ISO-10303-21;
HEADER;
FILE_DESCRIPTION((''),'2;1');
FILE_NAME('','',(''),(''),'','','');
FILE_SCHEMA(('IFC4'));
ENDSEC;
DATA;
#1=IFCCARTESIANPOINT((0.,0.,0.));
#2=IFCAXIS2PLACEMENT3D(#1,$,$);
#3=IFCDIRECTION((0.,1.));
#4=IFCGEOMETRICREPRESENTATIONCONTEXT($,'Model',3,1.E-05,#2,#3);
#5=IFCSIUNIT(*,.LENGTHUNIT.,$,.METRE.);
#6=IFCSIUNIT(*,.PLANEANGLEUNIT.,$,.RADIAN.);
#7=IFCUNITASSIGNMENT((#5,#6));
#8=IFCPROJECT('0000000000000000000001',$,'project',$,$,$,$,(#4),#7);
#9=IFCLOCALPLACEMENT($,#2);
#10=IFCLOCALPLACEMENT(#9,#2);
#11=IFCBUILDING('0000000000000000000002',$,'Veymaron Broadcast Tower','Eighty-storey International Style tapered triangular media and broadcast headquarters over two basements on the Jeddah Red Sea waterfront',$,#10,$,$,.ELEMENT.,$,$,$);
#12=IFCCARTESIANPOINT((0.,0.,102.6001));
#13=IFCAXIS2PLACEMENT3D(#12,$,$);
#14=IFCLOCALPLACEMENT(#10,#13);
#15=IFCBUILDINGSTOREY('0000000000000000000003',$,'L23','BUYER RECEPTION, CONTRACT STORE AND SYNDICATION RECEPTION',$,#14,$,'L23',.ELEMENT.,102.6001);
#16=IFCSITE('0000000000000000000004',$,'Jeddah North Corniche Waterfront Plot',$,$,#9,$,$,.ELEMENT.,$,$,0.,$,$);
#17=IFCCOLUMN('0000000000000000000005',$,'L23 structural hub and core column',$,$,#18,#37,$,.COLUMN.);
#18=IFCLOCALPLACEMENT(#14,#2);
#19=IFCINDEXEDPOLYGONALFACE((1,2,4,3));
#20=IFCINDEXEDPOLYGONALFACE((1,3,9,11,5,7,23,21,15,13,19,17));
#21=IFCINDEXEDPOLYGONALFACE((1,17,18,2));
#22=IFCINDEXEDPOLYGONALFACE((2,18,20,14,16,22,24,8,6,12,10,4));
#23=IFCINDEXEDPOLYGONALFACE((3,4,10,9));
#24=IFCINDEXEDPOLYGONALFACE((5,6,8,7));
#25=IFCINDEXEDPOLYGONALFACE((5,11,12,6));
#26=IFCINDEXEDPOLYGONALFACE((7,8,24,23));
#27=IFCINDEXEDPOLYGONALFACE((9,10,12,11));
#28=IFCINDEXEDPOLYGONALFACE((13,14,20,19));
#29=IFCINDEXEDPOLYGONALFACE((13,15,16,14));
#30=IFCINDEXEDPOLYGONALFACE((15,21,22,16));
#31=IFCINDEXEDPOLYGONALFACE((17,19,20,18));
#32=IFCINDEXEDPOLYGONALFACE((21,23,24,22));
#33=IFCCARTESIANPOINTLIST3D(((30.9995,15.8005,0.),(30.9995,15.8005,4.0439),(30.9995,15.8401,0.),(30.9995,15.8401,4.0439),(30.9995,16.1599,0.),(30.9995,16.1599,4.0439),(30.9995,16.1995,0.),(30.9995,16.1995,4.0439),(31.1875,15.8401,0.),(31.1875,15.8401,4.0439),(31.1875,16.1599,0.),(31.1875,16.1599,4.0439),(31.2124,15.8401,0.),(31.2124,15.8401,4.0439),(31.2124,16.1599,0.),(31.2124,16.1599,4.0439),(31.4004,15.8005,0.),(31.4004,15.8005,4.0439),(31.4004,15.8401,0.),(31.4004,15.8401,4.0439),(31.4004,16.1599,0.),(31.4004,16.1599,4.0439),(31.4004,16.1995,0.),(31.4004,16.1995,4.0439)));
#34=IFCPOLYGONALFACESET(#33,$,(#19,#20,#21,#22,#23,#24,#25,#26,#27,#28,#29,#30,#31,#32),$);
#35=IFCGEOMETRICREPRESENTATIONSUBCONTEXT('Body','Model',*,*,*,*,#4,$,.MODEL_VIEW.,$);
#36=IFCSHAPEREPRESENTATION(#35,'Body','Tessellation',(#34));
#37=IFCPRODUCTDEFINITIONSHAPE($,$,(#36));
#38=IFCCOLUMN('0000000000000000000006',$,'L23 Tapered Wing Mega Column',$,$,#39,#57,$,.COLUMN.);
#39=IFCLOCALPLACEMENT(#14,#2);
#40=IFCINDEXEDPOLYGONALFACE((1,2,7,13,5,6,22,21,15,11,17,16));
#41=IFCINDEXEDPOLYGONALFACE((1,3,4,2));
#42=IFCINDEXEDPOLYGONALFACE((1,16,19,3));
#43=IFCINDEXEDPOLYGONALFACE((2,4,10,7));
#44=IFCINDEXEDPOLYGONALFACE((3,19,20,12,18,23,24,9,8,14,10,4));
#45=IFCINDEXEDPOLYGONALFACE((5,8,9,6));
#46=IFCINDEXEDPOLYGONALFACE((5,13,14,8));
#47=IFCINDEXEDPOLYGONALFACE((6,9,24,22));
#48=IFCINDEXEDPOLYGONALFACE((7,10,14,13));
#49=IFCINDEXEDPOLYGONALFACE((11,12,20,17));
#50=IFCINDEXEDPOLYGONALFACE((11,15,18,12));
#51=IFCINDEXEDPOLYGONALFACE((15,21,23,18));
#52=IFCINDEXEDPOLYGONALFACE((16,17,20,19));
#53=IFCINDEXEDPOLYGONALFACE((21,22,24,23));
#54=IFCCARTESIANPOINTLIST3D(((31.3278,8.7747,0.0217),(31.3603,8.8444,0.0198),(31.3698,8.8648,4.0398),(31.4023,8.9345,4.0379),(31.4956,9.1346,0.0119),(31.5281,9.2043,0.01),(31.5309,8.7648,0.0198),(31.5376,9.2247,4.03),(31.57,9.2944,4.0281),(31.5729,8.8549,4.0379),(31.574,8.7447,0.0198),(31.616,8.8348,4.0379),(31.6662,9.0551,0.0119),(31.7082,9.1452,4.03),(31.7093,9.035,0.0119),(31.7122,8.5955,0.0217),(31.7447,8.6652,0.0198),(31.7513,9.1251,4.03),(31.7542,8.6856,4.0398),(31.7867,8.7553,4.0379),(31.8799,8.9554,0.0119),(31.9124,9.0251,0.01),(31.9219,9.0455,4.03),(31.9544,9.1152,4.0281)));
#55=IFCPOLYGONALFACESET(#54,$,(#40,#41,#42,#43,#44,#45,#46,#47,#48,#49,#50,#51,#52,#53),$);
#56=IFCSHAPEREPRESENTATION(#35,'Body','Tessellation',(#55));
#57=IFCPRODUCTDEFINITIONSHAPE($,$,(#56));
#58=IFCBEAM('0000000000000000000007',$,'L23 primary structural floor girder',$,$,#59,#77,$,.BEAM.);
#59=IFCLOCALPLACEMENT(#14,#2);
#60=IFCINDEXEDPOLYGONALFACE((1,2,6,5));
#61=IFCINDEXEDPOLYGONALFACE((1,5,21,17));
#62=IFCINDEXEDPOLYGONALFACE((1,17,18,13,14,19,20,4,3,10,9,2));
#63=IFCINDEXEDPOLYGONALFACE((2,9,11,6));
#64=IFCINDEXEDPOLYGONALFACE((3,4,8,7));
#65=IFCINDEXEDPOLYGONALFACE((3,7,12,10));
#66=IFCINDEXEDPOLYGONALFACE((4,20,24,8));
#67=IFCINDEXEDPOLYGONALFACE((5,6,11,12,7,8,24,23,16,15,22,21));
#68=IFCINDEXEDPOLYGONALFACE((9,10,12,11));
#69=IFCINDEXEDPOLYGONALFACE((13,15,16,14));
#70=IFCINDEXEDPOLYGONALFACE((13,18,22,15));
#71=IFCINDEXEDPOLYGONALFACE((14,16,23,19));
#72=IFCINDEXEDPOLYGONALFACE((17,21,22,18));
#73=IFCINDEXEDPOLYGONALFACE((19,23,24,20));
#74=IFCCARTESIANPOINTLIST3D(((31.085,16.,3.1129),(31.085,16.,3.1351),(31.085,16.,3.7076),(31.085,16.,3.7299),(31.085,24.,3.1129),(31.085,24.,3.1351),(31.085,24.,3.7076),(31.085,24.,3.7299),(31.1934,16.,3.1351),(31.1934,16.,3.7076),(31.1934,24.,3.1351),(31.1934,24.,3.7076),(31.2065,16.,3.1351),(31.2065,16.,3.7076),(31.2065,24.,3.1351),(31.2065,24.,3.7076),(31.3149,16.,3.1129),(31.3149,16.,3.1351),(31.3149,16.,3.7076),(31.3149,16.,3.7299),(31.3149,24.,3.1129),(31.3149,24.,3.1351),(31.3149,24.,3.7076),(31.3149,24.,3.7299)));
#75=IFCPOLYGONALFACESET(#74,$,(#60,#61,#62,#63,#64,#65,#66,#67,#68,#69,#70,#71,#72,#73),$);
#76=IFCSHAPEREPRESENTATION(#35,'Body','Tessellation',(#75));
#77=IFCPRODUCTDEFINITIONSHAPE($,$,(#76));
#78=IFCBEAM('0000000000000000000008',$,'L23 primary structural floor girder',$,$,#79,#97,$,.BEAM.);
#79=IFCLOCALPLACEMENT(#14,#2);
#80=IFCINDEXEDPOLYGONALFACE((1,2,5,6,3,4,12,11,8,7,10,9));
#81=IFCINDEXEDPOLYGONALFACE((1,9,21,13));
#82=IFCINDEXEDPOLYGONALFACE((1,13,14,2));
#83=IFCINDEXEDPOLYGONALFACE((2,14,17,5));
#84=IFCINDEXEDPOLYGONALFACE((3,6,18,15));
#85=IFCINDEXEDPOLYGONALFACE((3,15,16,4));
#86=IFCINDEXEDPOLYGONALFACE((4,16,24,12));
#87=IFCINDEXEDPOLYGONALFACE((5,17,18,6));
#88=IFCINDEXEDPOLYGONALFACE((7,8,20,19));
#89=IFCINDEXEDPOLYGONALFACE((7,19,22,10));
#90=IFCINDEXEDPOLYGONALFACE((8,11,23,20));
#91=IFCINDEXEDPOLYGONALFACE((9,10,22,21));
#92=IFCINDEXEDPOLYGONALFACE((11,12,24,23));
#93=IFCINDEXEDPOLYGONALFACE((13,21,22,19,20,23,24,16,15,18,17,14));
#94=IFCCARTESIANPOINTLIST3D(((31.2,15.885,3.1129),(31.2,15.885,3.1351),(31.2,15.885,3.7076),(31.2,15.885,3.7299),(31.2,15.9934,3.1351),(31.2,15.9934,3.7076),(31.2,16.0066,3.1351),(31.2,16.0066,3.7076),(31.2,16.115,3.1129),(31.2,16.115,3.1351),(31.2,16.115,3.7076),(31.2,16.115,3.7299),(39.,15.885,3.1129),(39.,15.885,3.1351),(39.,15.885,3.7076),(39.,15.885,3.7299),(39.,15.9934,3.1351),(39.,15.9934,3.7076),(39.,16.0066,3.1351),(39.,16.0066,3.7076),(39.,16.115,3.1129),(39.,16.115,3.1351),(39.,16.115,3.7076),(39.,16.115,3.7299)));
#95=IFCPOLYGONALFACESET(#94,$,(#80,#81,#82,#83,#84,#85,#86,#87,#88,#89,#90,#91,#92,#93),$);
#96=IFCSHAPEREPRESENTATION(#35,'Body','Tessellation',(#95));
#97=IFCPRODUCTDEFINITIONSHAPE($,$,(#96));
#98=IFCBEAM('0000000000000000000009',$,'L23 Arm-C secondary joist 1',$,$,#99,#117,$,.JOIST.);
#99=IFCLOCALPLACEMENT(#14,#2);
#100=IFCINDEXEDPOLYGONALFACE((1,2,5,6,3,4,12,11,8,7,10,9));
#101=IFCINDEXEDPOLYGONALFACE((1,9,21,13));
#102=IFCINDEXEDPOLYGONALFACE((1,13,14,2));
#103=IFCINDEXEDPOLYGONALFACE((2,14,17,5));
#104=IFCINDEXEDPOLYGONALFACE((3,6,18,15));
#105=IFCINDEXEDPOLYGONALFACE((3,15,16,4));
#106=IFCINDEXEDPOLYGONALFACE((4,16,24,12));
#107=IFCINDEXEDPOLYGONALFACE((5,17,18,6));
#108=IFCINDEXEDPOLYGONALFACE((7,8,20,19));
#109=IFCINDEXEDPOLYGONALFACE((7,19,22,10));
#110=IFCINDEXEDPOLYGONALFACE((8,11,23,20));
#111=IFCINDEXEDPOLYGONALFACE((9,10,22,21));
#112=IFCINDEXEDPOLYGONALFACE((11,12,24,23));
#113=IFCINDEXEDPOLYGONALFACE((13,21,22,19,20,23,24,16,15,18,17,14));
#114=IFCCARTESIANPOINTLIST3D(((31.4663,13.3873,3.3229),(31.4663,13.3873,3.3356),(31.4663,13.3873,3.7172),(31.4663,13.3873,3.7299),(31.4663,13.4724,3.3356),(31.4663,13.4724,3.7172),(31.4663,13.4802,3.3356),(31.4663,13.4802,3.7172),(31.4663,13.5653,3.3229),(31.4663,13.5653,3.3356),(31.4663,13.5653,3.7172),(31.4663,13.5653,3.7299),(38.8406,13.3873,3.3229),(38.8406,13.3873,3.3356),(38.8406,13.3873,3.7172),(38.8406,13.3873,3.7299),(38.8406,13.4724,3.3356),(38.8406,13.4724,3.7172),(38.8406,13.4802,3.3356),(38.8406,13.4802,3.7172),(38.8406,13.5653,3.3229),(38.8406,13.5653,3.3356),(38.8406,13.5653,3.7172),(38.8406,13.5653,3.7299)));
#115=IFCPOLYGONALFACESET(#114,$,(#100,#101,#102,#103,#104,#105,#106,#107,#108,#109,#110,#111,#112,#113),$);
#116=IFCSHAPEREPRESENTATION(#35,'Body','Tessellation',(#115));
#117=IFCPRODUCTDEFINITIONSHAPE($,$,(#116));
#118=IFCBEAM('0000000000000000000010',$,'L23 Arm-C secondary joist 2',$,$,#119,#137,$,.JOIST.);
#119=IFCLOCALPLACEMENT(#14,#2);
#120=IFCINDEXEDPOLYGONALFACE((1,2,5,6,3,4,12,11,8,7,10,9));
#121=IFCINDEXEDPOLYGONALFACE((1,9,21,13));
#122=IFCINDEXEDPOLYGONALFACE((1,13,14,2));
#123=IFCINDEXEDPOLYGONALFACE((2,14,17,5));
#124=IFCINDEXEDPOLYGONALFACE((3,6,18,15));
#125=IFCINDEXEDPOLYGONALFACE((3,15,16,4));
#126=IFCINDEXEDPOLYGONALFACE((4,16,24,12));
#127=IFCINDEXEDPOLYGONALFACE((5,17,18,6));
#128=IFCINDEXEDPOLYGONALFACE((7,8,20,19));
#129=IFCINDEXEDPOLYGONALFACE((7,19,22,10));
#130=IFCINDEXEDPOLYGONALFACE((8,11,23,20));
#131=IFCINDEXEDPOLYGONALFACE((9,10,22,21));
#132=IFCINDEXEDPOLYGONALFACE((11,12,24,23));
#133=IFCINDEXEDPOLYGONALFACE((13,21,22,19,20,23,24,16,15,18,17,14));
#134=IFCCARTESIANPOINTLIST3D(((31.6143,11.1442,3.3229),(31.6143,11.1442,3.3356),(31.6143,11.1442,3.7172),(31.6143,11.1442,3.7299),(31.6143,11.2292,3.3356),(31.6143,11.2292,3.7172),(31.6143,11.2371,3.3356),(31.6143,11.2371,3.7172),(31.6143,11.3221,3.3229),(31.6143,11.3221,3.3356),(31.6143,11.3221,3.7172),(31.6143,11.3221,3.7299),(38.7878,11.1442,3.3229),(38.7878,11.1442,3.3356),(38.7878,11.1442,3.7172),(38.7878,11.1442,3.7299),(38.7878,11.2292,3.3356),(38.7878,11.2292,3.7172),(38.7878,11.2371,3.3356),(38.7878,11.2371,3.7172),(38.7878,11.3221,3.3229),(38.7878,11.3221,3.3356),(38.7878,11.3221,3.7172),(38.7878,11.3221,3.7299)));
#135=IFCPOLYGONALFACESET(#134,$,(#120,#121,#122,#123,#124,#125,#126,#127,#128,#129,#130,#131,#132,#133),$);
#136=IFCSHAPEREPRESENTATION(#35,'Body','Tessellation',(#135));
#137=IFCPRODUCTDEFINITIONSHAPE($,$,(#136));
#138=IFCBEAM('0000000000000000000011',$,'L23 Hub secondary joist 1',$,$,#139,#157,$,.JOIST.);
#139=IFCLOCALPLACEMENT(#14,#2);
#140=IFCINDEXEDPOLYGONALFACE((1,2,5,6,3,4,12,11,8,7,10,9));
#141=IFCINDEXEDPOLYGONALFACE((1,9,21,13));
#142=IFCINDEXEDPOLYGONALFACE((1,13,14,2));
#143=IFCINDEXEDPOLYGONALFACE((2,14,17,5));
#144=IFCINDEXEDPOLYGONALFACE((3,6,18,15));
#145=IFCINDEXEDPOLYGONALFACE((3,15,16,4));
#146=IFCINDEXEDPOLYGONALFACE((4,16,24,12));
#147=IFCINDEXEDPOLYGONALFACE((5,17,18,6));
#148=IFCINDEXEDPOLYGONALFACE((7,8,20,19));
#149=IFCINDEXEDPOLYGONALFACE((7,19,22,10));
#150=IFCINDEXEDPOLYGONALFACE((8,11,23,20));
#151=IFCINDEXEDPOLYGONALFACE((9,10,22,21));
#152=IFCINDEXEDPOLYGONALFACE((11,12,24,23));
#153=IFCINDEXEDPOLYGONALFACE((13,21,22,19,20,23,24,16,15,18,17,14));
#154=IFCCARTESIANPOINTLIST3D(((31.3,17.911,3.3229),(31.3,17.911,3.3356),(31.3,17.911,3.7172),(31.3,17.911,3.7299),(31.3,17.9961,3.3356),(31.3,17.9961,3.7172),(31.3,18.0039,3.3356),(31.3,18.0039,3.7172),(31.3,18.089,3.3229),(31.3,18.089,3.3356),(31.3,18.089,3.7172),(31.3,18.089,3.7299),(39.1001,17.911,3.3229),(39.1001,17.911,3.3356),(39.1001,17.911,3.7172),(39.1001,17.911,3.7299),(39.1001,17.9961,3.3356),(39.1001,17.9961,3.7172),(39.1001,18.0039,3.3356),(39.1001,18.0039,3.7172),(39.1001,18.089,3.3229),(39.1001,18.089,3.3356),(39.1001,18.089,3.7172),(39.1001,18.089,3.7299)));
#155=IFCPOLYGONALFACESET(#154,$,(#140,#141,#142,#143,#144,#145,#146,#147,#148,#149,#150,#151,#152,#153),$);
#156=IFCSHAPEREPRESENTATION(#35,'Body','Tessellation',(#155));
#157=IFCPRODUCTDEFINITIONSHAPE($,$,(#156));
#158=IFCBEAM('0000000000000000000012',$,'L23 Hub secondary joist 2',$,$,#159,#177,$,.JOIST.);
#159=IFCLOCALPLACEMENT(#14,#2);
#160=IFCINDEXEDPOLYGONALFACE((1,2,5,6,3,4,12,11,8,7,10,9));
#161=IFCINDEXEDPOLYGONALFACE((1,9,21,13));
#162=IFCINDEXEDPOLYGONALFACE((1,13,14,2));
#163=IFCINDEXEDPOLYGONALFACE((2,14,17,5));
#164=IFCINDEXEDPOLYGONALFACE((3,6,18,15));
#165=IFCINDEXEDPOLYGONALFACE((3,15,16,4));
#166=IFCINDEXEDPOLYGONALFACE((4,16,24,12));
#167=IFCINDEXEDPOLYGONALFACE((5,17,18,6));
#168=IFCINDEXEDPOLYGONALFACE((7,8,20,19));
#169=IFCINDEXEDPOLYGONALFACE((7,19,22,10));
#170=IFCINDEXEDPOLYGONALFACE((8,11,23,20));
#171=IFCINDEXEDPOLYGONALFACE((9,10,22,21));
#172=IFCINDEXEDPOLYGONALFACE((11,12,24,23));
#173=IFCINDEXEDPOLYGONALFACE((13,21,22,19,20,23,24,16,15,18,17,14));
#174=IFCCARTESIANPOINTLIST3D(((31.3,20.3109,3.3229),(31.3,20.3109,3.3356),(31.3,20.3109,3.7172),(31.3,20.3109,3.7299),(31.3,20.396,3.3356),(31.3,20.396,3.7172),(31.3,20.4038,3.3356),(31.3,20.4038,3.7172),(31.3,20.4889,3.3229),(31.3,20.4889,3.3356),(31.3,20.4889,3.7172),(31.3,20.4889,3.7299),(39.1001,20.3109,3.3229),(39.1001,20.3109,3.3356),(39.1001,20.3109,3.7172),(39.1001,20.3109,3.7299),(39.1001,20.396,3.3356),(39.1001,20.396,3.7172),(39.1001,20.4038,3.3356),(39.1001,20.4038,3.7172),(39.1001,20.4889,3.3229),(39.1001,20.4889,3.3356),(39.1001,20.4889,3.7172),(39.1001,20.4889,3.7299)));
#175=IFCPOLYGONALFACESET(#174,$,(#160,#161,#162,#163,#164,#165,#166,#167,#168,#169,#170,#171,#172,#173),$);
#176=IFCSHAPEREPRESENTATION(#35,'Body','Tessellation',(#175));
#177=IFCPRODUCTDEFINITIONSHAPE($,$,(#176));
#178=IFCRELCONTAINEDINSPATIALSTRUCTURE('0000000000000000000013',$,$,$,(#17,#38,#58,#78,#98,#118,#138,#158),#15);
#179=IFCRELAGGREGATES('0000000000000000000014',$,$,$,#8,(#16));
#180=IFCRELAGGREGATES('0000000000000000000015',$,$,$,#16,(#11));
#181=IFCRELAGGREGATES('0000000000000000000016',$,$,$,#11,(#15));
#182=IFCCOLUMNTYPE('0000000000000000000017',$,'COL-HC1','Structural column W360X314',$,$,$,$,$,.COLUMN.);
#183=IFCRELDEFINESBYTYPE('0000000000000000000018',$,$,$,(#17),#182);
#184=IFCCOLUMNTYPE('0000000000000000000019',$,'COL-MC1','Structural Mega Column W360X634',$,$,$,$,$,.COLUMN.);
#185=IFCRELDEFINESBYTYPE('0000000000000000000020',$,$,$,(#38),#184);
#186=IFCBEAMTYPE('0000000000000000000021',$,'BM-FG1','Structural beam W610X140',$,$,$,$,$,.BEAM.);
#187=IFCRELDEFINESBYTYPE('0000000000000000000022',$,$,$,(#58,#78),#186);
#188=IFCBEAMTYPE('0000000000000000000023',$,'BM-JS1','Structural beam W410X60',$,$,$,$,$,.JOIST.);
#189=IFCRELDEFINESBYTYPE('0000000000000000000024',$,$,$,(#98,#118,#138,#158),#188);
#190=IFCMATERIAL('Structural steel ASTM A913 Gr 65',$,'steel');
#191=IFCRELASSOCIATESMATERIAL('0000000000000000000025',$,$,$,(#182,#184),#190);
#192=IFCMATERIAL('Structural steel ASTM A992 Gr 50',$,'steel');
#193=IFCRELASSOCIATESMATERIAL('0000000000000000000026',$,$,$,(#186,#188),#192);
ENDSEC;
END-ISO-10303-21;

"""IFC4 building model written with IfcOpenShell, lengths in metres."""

from ifc_helpers import new_model, si_unit, direction, frame, origin, origin_2d, place, context, subcontext, project, spatial, i_section, extrude, material, material_profile, profile_set, type_object, element, save


model = new_model("IFC4")

# Units and contexts
model_context = context("Model", 3, precision=1e-05, world=origin(), true_north=direction((0.0, 1.0)))
body_context = subcontext(model_context, "Body", "Model", "MODEL_VIEW")
ifc_project = project(units=[si_unit("LENGTHUNIT", "METRE"), si_unit("PLANEANGLEUNIT", "RADIAN")], contexts=[model_context])

# Site, building, storey
site_placement = place(None, origin())
site = spatial("IfcSite", under=ifc_project, at=site_placement, Name="Jeddah North Corniche Waterfront Plot", CompositionType="ELEMENT", RefElevation=0.0)
building_placement = place(site_placement, origin())
building = spatial("IfcBuilding", under=site, at=building_placement, Name="Veymaron Broadcast Tower", Description="Eighty-storey International Style tapered triangular media and broadcast headquarters over two basements on the Jeddah Red Sea waterfront", CompositionType="ELEMENT")
storey_placement = place(building_placement, frame((0.0, 0.0, 102.6001)))
storey = spatial("IfcBuildingStorey", under=building, at=storey_placement, Name="L23", Description="BUYER RECEPTION, CONTRACT STORE AND SYNDICATION RECEPTION", LongName="L23", CompositionType="ELEMENT", Elevation=102.6001)

# Columns
ifc_material_1 = material(Name="Structural steel ASTM A913 Gr 65", Category="steel")
ifc_material_profile_1 = material_profile(ifc_material_1, i_section(OverallWidth=0.4009, OverallDepth=0.3989, WebThickness=0.0249, FlangeThickness=0.0396, at=origin_2d()), Name="W360X314")
ifc_profile_set_1 = profile_set([ifc_material_profile_1], Name="Structural steel ASTM A913 Gr 65")
column_type_1 = type_object("IfcColumnType", Name="COL-HC1", Description="Structural column W360X314", PredefinedType="COLUMN", material=ifc_profile_set_1)
column_1_placement = place(storey_placement, frame((31.2, 16.0, 0.0), z_axis=(0.0, 0.0, 1.0), x_axis=(1.0, 0.0, 0.0)))
element("IfcColumn", 1, at=column_1_placement, inside=storey, type_object=column_type_1, Name="L23 structural hub and core column", PredefinedType="COLUMN", context=body_context, shape_type="SweptSolid", body=[
    extrude(i_section(OverallWidth=0.4009, OverallDepth=0.3989, WebThickness=0.0249, FlangeThickness=0.0396, at=origin_2d()), origin(), (0.0, 0.0, 1.0), 4.0439),
])
ifc_material_profile_2 = material_profile(ifc_material_1, i_section(OverallWidth=0.4241, OverallDepth=0.4741, WebThickness=0.0476, FlangeThickness=0.0769, at=origin_2d()), Name="W360X634")
ifc_profile_set_2 = profile_set([ifc_material_profile_2], Name="Structural steel ASTM A913 Gr 65")
column_type_2 = type_object("IfcColumnType", Name="COL-MC1", Description="Structural Mega Column W360X634", PredefinedType="COLUMN", material=ifc_profile_set_2)
column_2_placement = place(storey_placement, frame((31.6201, 8.8999, 0.0159), z_axis=(0.010448, 0.022414, 0.999694), x_axis=(-0.906371, 0.422482, 0.0)))
element("IfcColumn", 2, at=column_2_placement, inside=storey, type_object=column_type_2, Name="L23 Tapered Wing Mega Column", PredefinedType="COLUMN", context=body_context, shape_type="SweptSolid", body=[
    extrude(i_section(OverallWidth=0.4241, OverallDepth=0.4741, WebThickness=0.0476, FlangeThickness=0.0769, at=origin_2d()), origin(), (0.0, 0.0, 1.0), 4.0193),
])

# Beams
ifc_material_2 = material(Name="Structural steel ASTM A992 Gr 50", Category="steel")
ifc_material_profile_3 = material_profile(ifc_material_2, i_section(OverallWidth=0.23, OverallDepth=0.6169, WebThickness=0.0132, FlangeThickness=0.0222, at=origin_2d()), Name="W610X140")
ifc_profile_set_3 = profile_set([ifc_material_profile_3], Name="Structural steel ASTM A992 Gr 50")
beam_type_1 = type_object("IfcBeamType", Name="BM-FG1", Description="Structural beam W610X140", PredefinedType="BEAM", material=ifc_profile_set_3)
beam_1_placement = place(storey_placement, frame((31.2, 16.0, 3.4214), z_axis=(0.0, 1.0, 0.0), x_axis=(-1.0, 0.0, 0.0)))
element("IfcBeam", 3, at=beam_1_placement, inside=storey, type_object=beam_type_1, Name="L23 primary structural floor girder", PredefinedType="BEAM", context=body_context, shape_type="SweptSolid", body=[
    extrude(i_section(OverallWidth=0.23, OverallDepth=0.6169, WebThickness=0.0132, FlangeThickness=0.0222, at=origin_2d()), origin(), (0.0, 0.0, 1.0), 8.0),
])
beam_2_placement = place(storey_placement, frame((31.2, 16.0, 3.4214), z_axis=(1.0, 0.0, 0.0), x_axis=(0.0, 1.0, 0.0)))
element("IfcBeam", 4, at=beam_2_placement, inside=storey, type_object=beam_type_1, Name="L23 primary structural floor girder", PredefinedType="BEAM", context=body_context, shape_type="SweptSolid", body=[
    extrude(i_section(OverallWidth=0.23, OverallDepth=0.6169, WebThickness=0.0132, FlangeThickness=0.0222, at=origin_2d()), origin(), (0.0, 0.0, 1.0), 7.8),
])
ifc_material_profile_4 = material_profile(ifc_material_2, i_section(OverallWidth=0.178, OverallDepth=0.407, WebThickness=0.0078, FlangeThickness=0.0127, at=origin_2d()), Name="W410X60")
ifc_profile_set_4 = profile_set([ifc_material_profile_4], Name="Structural steel ASTM A992 Gr 50")
beam_type_2 = type_object("IfcBeamType", Name="BM-JS1", Description="Structural beam W410X60", PredefinedType="JOIST", material=ifc_profile_set_4)
beam_3_placement = place(storey_placement, frame((31.4663, 13.4763, 3.5264), z_axis=(1.0, 0.0, 0.0), x_axis=(0.0, 1.0, 0.0)))
element("IfcBeam", 5, at=beam_3_placement, inside=storey, type_object=beam_type_2, Name="L23 Arm-C secondary joist 1", PredefinedType="JOIST", context=body_context, shape_type="SweptSolid", body=[
    extrude(i_section(OverallWidth=0.178, OverallDepth=0.407, WebThickness=0.0078, FlangeThickness=0.0127, at=origin_2d()), origin(), (0.0, 0.0, 1.0), 7.3743),
])
beam_4_placement = place(storey_placement, frame((31.6143, 11.2332, 3.5264), z_axis=(1.0, 0.0, 0.0), x_axis=(0.0, 1.0, 0.0)))
element("IfcBeam", 6, at=beam_4_placement, inside=storey, type_object=beam_type_2, Name="L23 Arm-C secondary joist 2", PredefinedType="JOIST", context=body_context, shape_type="SweptSolid", body=[
    extrude(i_section(OverallWidth=0.178, OverallDepth=0.407, WebThickness=0.0078, FlangeThickness=0.0127, at=origin_2d()), origin(), (0.0, 0.0, 1.0), 7.1736),
])
for number, where, z_axis, x_axis, name in (
    (7, (31.3, 18.0, 3.5264), (1.0, 0.0, 0.0), (0.0, 1.0, 0.0), "L23 Hub secondary joist 1"),
    (8, (31.3, 20.3999, 3.5264), (1.0, 0.0, 0.0), (0.0, 1.0, 0.0), "L23 Hub secondary joist 2"),
):
    element("IfcBeam", number, at=place(storey_placement, frame(where, z_axis=z_axis, x_axis=x_axis)), inside=storey, type_object=beam_type_2, Name=name, PredefinedType="JOIST", context=body_context, shape_type="SweptSolid", body=[
        extrude(i_section(OverallWidth=0.178, OverallDepth=0.407, WebThickness=0.0078, FlangeThickness=0.0127, at=origin_2d()), origin(), (0.0, 0.0, 1.0), 7.8),
    ])

save(model, "model.ifc")
